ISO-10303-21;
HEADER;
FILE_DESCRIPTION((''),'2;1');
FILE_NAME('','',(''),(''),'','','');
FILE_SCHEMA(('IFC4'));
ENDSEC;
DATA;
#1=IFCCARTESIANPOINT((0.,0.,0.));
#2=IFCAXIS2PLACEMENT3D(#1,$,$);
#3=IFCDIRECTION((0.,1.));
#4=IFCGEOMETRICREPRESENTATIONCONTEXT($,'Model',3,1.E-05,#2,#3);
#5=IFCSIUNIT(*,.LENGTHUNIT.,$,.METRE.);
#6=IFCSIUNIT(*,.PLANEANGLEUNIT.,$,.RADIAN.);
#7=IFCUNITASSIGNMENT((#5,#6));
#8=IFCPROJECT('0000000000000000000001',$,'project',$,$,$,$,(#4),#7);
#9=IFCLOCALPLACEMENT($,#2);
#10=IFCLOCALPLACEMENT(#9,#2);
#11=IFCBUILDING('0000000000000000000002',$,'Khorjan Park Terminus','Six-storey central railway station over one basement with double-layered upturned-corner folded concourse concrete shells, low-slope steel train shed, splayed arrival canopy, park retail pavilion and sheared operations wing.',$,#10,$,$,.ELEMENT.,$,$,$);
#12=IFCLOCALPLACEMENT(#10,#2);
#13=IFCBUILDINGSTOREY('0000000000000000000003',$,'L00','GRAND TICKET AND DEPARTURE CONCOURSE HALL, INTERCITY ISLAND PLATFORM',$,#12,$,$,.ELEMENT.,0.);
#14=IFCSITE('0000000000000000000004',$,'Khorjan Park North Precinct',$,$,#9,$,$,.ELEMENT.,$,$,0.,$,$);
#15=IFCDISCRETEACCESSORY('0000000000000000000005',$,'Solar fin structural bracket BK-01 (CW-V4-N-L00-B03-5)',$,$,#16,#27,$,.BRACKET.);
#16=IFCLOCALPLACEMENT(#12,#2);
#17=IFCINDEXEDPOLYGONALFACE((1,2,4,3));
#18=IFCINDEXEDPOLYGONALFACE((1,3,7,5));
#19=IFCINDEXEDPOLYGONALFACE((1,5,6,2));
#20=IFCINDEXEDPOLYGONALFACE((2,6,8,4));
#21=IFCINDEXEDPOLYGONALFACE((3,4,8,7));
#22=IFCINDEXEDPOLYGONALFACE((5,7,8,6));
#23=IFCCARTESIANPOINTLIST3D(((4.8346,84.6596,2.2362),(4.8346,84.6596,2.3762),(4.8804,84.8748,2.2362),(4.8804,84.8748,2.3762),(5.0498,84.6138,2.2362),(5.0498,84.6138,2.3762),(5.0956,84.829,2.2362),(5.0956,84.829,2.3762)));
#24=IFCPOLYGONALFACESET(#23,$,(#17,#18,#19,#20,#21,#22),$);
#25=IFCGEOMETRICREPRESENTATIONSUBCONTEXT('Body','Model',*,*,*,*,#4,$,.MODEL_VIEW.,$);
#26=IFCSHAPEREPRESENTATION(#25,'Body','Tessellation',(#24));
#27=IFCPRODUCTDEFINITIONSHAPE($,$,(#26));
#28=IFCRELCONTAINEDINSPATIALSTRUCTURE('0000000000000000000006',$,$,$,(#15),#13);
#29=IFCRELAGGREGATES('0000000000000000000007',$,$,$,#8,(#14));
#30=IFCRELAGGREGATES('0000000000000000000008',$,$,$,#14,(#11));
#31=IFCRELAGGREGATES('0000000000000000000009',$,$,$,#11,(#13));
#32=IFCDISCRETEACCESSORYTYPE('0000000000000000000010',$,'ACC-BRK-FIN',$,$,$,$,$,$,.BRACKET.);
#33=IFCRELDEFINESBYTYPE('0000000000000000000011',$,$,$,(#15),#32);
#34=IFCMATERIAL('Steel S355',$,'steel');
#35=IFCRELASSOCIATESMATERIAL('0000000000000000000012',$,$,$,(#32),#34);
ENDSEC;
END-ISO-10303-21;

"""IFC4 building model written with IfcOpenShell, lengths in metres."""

from ifc_helpers import new_model, si_unit, direction, frame, origin, origin_2d, place, context, subcontext, project, spatial, rectangle, extrude, material, type_object, element, save


model = new_model("IFC4")

# Units and contexts
model_context = context("Model", 3, precision=1e-05, world=origin(), true_north=direction((0.0, 1.0)))
body_context = subcontext(model_context, "Body", "Model", "MODEL_VIEW")
ifc_project = project(units=[si_unit("LENGTHUNIT", "METRE"), si_unit("PLANEANGLEUNIT", "RADIAN")], contexts=[model_context])

# Site, building, storey
site_placement = place(None, origin())
site = spatial("IfcSite", under=ifc_project, at=site_placement, Name="Khorjan Park North Precinct", CompositionType="ELEMENT", RefElevation=0.0)
building_placement = place(site_placement, origin())
building = spatial("IfcBuilding", under=site, at=building_placement, Name="Khorjan Park Terminus", Description="Six-storey central railway station over one basement with double-layered upturned-corner folded concourse concrete shells, low-slope steel train shed, splayed arrival canopy, park retail pavilion and sheared operations wing.", CompositionType="ELEMENT")
storey_placement = place(building_placement, origin())
storey = spatial("IfcBuildingStorey", under=building, at=storey_placement, Name="L00", Description="GRAND TICKET AND DEPARTURE CONCOURSE HALL, INTERCITY ISLAND PLATFORM", CompositionType="ELEMENT", Elevation=0.0)

# Shared definitions
ifc_material_1 = material(Name="Steel S355", Category="steel")

# Discrete accessory
discrete_accessory_type = type_object("IfcDiscreteAccessoryType", Name="ACC-BRK-FIN", PredefinedType="BRACKET", material=ifc_material_1)
discrete_accessory_placement = place(storey_placement, frame((4.9651, 84.7443, 2.2362), z_axis=(0.0, 0.0, 1.0), x_axis=(-0.978147, 0.207914, 0.0)))
element("IfcDiscreteAccessory", 1, at=discrete_accessory_placement, inside=storey, type_object=discrete_accessory_type, Name="Solar fin structural bracket BK-01 (CW-V4-N-L00-B03-5)", PredefinedType="BRACKET", context=body_context, shape_type="SweptSolid", body=[
    extrude(rectangle(XDim=0.22, YDim=0.22, at=origin_2d()), origin(), (0.0, 0.0, 1.0), 0.14),
])

save(model, "model.ifc")
